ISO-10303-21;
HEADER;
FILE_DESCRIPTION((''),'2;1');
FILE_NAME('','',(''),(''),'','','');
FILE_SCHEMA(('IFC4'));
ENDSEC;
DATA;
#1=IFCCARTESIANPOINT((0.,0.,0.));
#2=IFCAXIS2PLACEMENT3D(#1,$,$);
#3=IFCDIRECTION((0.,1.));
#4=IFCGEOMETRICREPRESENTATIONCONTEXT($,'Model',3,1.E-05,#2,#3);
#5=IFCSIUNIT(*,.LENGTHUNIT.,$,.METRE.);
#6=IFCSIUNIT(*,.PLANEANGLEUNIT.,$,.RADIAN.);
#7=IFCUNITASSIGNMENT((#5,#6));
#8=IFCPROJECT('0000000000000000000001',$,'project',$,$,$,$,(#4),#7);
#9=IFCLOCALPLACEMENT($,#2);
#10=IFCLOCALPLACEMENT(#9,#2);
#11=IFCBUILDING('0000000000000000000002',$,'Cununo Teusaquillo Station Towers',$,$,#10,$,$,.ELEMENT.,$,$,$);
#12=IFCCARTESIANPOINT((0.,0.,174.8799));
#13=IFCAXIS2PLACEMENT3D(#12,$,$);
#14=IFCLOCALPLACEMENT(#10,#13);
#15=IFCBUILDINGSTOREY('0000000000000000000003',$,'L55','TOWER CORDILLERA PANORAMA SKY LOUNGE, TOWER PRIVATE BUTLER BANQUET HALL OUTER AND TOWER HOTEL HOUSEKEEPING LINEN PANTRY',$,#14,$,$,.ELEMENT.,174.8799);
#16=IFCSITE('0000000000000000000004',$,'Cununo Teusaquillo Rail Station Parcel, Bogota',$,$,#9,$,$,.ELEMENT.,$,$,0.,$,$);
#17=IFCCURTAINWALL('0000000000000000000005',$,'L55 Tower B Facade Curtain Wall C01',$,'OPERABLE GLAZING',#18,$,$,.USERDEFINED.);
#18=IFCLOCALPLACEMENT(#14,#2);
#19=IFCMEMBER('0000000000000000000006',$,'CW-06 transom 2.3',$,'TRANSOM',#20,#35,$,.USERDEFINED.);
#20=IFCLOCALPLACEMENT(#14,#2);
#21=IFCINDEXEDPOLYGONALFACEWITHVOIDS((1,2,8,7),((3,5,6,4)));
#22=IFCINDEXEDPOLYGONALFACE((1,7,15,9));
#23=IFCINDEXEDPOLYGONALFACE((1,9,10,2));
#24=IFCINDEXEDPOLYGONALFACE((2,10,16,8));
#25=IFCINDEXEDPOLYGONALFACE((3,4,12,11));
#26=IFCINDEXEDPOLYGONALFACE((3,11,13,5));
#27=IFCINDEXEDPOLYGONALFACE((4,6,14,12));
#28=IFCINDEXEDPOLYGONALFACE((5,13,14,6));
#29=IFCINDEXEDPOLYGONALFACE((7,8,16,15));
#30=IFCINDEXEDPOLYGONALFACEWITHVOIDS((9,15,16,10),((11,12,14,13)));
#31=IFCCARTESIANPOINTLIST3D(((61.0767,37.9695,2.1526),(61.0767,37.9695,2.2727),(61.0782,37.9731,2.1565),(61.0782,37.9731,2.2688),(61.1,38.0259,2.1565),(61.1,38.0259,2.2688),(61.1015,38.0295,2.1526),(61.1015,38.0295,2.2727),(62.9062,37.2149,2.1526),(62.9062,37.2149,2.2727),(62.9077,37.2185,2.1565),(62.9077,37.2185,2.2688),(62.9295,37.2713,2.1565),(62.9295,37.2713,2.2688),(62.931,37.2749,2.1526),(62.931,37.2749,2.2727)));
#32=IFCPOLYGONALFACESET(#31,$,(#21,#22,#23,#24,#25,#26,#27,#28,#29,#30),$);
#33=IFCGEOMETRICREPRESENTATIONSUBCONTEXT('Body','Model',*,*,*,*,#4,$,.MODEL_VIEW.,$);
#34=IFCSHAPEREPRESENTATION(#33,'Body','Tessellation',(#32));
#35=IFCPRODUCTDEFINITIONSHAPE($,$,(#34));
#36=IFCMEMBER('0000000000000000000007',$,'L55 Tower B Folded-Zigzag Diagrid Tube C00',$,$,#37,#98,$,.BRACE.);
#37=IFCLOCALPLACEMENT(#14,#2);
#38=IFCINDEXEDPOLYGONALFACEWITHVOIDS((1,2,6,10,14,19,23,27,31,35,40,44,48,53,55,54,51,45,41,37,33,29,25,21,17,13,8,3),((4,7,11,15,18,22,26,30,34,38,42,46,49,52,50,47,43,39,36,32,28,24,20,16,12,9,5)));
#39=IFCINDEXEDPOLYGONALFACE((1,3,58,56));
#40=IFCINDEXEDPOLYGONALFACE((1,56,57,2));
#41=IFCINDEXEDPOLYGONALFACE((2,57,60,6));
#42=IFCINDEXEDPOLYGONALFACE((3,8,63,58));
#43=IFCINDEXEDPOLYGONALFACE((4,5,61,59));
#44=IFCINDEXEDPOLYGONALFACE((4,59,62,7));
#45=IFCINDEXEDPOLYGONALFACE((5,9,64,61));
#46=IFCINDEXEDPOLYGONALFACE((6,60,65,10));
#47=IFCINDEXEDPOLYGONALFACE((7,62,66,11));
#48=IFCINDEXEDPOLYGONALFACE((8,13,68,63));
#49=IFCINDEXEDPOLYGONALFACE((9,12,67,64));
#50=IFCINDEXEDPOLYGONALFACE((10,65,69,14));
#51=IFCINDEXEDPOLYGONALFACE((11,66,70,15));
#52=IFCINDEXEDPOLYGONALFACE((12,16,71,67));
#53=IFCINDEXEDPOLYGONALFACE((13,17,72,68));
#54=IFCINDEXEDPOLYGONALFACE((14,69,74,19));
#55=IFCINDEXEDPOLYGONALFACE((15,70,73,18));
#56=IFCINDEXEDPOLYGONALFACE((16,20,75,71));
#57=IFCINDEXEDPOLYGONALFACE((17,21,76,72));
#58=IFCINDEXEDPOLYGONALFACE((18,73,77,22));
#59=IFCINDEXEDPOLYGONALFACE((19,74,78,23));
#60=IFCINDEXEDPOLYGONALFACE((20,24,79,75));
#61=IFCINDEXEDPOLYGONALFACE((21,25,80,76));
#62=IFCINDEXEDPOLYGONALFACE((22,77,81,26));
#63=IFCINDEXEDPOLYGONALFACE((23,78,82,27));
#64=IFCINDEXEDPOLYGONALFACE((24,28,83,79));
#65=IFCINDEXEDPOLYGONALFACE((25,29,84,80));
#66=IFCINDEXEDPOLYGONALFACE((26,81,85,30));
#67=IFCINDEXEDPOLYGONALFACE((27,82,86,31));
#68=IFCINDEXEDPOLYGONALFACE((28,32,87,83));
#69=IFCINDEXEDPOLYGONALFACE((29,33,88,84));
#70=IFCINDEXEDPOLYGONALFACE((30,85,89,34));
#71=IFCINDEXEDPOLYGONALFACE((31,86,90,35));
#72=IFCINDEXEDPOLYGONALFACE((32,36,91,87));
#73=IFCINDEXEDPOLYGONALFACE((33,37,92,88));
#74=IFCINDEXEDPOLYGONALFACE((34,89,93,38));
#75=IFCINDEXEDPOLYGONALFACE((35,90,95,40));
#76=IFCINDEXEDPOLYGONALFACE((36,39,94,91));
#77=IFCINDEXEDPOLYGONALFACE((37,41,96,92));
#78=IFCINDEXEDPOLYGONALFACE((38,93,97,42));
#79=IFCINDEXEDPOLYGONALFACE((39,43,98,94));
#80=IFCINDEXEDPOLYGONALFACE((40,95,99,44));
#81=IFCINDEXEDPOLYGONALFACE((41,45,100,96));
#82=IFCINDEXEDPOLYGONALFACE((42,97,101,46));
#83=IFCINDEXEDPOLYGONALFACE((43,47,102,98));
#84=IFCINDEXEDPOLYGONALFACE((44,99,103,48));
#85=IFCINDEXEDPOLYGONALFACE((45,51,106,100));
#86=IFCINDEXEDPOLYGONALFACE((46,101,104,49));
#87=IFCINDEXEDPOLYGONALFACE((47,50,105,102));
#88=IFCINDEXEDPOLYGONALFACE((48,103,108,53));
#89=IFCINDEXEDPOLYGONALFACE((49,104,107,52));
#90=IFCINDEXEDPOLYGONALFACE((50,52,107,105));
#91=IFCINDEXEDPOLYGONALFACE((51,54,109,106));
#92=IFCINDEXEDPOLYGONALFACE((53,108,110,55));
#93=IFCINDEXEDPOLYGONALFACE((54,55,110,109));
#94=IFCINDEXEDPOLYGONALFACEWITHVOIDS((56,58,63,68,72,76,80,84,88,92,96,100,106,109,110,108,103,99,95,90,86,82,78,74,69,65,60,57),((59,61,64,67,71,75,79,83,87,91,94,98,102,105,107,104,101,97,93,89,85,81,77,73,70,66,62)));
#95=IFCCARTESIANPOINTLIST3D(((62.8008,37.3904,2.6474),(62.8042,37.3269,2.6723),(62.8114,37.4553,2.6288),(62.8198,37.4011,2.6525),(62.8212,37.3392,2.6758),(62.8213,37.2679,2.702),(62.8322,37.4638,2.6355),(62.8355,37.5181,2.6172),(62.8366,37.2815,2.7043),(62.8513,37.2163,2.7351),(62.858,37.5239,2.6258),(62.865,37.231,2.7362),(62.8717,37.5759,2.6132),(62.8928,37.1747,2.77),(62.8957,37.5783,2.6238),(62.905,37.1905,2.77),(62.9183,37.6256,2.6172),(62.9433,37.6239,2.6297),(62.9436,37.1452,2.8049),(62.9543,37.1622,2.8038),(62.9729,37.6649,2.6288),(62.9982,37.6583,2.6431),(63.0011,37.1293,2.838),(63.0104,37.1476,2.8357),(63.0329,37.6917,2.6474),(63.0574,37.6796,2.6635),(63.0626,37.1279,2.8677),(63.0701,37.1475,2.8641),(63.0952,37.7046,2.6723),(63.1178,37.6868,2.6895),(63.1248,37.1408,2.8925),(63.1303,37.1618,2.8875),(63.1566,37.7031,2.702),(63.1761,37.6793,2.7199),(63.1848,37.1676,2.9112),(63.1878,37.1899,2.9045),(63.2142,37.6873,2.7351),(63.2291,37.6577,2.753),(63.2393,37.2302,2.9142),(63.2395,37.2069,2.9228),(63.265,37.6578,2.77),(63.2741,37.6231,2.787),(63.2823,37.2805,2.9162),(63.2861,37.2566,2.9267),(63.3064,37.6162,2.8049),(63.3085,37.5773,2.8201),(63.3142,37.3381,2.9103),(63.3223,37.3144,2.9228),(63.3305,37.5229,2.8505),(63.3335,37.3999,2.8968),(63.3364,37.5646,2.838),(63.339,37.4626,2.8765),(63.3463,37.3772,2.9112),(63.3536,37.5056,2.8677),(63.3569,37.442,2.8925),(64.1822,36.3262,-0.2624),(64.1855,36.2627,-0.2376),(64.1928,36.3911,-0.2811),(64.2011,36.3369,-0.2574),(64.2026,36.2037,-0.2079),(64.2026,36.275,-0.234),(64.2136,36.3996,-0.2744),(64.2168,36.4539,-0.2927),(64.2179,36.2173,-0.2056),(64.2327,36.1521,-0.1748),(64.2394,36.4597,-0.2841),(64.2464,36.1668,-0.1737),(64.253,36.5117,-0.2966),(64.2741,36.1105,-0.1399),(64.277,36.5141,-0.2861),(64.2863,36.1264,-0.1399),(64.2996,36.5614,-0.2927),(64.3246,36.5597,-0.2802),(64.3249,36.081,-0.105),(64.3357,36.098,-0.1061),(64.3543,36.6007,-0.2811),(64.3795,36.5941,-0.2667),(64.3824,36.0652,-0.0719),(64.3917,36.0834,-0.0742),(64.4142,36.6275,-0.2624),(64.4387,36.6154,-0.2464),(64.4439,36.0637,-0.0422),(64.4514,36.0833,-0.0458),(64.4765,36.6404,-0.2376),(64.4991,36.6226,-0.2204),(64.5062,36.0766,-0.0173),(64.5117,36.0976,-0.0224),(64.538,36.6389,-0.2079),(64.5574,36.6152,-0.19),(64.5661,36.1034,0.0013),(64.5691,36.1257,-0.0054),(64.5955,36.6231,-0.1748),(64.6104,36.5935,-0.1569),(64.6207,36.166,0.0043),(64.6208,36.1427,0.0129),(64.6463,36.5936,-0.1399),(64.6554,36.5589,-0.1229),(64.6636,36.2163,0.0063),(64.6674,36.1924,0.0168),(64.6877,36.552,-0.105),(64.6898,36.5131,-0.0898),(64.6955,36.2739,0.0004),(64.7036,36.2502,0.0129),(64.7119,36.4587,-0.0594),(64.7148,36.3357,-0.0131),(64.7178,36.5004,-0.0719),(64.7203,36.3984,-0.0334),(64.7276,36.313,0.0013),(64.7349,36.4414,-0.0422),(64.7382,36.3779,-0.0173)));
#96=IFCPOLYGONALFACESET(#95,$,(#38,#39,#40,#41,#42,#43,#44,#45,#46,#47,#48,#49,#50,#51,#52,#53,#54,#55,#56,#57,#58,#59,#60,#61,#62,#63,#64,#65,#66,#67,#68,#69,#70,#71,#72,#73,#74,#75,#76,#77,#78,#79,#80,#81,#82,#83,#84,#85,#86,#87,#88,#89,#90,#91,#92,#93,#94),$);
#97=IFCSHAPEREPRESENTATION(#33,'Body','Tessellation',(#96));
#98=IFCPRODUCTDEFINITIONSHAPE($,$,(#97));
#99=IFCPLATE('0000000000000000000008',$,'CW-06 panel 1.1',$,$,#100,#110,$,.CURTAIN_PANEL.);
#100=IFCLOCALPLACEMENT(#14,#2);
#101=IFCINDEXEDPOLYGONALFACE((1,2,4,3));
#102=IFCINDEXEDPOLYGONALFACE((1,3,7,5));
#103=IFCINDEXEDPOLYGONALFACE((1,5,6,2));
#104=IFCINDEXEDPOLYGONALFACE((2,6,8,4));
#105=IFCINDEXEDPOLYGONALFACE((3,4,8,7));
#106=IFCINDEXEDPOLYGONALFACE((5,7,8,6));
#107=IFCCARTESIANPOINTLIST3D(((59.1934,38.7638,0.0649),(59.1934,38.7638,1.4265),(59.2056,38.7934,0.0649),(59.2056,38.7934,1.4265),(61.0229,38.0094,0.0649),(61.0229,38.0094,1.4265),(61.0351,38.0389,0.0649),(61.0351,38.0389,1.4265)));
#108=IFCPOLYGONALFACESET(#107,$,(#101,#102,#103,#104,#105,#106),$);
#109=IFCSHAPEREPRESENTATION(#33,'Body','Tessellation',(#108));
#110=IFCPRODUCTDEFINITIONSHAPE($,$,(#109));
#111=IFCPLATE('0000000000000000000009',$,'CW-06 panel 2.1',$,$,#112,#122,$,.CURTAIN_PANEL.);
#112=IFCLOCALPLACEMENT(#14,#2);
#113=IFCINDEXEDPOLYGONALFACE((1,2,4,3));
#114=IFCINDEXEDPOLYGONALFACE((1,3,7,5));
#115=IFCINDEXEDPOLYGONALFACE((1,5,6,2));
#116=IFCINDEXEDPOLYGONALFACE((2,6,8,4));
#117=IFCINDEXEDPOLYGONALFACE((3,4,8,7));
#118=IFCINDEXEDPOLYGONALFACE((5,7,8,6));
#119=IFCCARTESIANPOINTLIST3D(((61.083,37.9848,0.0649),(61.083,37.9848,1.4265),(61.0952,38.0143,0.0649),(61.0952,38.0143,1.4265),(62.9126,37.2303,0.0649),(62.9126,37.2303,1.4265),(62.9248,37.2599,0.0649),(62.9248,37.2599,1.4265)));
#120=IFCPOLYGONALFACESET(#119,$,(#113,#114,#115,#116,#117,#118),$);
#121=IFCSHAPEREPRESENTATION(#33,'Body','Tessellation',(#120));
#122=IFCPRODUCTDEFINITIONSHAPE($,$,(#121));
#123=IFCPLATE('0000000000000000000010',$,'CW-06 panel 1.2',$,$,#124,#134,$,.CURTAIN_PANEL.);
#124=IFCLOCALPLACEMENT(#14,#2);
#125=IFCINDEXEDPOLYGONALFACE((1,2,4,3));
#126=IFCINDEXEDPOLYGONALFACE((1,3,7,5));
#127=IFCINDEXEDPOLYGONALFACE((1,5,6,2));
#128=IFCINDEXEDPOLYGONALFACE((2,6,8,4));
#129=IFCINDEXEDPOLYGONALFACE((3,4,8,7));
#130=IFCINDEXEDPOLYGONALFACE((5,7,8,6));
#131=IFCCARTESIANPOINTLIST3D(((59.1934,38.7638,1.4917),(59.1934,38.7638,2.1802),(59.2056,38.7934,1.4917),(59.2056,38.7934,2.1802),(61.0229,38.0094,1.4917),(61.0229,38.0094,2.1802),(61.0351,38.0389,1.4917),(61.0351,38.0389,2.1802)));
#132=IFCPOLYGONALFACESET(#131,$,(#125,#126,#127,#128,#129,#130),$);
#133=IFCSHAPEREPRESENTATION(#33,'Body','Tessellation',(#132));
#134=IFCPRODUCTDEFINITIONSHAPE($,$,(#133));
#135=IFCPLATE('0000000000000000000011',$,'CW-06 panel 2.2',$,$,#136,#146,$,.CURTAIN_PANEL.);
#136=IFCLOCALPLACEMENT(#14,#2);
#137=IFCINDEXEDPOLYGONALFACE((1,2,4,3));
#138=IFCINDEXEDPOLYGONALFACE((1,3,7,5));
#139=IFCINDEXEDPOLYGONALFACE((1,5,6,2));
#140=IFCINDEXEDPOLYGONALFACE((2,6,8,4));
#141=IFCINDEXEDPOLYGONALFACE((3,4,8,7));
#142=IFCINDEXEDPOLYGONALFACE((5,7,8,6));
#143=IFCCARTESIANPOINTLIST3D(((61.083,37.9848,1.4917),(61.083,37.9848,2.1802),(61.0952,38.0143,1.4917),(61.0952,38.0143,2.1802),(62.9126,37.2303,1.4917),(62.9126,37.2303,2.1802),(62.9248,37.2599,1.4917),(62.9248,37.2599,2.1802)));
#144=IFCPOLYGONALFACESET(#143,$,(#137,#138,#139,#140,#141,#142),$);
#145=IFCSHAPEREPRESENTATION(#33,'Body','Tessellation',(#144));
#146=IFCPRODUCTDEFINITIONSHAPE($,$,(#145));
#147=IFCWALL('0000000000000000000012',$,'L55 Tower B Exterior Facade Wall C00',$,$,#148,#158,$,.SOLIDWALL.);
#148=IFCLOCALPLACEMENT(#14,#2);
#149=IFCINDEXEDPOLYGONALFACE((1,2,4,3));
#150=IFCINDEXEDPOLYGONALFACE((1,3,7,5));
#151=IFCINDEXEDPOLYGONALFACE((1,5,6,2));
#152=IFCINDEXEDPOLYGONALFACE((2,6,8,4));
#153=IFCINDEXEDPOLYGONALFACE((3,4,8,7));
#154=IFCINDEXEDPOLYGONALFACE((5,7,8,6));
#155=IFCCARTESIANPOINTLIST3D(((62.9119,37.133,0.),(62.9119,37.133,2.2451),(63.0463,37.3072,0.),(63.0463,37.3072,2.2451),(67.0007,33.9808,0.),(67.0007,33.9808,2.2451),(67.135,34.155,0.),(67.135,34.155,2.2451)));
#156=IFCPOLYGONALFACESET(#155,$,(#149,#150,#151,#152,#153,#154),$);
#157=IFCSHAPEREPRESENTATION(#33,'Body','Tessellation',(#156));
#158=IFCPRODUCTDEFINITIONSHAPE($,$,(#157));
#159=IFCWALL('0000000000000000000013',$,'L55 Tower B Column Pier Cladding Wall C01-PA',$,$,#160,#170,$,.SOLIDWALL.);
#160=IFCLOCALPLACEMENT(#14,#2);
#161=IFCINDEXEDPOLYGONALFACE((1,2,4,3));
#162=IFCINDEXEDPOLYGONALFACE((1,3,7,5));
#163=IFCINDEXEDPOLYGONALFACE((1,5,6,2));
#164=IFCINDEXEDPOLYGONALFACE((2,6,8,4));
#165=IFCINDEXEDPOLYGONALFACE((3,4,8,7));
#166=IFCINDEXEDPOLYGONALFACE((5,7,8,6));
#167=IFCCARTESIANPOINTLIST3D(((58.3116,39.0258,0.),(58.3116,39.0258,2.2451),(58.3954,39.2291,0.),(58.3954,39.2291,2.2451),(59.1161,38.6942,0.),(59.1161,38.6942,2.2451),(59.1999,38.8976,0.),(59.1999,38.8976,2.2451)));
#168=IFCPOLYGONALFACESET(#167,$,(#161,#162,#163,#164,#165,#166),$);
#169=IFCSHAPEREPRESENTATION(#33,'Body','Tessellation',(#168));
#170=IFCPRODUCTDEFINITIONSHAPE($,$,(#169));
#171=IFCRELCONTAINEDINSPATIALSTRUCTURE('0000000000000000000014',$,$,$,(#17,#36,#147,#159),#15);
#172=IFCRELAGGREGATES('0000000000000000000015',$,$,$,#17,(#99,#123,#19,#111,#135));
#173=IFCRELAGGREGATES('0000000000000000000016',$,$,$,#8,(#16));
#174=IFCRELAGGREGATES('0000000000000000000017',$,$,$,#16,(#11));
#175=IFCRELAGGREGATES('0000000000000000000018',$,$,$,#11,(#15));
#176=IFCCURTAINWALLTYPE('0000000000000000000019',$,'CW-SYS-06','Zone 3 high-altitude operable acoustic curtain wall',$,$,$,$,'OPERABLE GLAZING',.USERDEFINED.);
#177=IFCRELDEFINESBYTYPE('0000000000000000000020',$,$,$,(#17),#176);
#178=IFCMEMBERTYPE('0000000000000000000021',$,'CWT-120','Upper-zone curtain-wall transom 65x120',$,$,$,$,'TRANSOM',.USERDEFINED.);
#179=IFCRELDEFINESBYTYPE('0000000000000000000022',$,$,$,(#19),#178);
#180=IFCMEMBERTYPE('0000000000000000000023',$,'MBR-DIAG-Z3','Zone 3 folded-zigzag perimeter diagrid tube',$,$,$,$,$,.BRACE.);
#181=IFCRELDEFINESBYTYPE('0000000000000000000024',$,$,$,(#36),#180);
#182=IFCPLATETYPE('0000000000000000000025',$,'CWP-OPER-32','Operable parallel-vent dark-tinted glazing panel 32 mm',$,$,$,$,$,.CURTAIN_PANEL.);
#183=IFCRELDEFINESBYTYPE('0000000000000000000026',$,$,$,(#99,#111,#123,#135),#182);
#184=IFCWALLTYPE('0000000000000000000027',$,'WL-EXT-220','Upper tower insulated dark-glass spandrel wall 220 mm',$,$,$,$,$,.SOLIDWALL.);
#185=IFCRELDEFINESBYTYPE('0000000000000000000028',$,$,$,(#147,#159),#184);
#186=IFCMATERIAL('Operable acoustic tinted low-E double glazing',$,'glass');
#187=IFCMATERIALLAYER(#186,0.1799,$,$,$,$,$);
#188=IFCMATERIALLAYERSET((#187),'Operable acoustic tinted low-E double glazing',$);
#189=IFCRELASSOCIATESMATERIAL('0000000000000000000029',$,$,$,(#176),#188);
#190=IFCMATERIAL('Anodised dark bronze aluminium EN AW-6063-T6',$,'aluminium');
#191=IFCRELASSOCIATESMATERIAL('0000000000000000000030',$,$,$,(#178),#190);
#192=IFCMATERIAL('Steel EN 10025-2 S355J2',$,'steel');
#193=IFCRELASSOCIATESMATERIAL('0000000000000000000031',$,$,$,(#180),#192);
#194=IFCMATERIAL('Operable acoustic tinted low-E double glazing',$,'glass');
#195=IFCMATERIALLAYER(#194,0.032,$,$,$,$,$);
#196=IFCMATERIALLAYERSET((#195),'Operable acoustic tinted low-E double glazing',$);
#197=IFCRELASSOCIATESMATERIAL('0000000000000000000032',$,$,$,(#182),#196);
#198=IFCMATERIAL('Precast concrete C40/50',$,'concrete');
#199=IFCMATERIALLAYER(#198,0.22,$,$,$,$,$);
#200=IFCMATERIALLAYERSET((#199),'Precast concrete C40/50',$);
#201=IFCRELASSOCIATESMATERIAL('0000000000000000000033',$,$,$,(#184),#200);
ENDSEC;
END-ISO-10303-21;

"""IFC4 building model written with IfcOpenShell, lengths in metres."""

from ifc_helpers import new_model, si_unit, direction, frame, frame_2d, origin, origin_2d, place, context, subcontext, project, spatial, rectangle, hollow_rectangle, hollow_circle, extrude, source, transform, mapped, material, layer, layer_set, material_profile, profile_set, type_object, element, aggregate, save


model = new_model("IFC4")

# Units and contexts
model_context = context("Model", 3, precision=1e-05, world=origin(), true_north=direction((0.0, 1.0)))
body_context = subcontext(model_context, "Body", "Model", "MODEL_VIEW")
ifc_project = project(units=[si_unit("LENGTHUNIT", "METRE"), si_unit("PLANEANGLEUNIT", "RADIAN")], contexts=[model_context])

# Site, building, storey
site_placement = place(None, origin())
site = spatial("IfcSite", under=ifc_project, at=site_placement, Name="Cununo Teusaquillo Rail Station Parcel, Bogota", CompositionType="ELEMENT", RefElevation=0.0)
building_placement = place(site_placement, origin())
building = spatial("IfcBuilding", under=site, at=building_placement, Name="Cununo Teusaquillo Station Towers", CompositionType="ELEMENT")
storey_placement = place(building_placement, frame((0.0, 0.0, 174.8799)))
storey = spatial("IfcBuildingStorey", under=building, at=storey_placement, Name="L55", Description="TOWER CORDILLERA PANORAMA SKY LOUNGE, TOWER PRIVATE BUTLER BANQUET HALL OUTER AND TOWER HOTEL HOUSEKEEPING LINEN PANTRY", CompositionType="ELEMENT", Elevation=174.8799)

# Curtain wall, member
ifc_material_1 = material(Name="Operable acoustic tinted low-E double glazing", Category="glass")
ifc_layer_1 = layer(ifc_material_1, 0.1799)
ifc_layer_set_1 = layer_set([ifc_layer_1], Name="Operable acoustic tinted low-E double glazing")
curtain_wall_type = type_object("IfcCurtainWallType", Name="CW-SYS-06", Description="Zone 3 high-altitude operable acoustic curtain wall", ElementType="OPERABLE GLAZING", PredefinedType="USERDEFINED", material=ifc_layer_set_1)
curtain_wall_placement = place(storey_placement, origin())
curtain_wall = element("IfcCurtainWall", 1, at=curtain_wall_placement, inside=storey, type_object=curtain_wall_type, Name="L55 Tower B Facade Curtain Wall C01", ObjectType="OPERABLE GLAZING", PredefinedType="USERDEFINED")
ifc_material_2 = material(Name="Anodised dark bronze aluminium EN AW-6063-T6", Category="aluminium")
ifc_material_profile_1 = material_profile(ifc_material_2, hollow_rectangle(XDim=0.0649, YDim=0.1201, WallThickness=0.0039, at=origin_2d()), Name="CW-TRAN-65x120")
ifc_profile_set_1 = profile_set([ifc_material_profile_1], Name="Anodised dark bronze aluminium EN AW-6063-T6")
member_type_1 = type_object("IfcMemberType", Name="CWT-120", Description="Upper-zone curtain-wall transom 65x120", ElementType="TRANSOM", PredefinedType="USERDEFINED", material=ifc_profile_set_1)
member_1_placement = place(storey_placement, frame((61.0891, 37.9995, 2.2126), z_axis=(0.924451, -0.381302, 0.0), x_axis=(0.381302, 0.924451, 0.0)))
member_1 = element("IfcMember", 2, at=member_1_placement, type_object=member_type_1, Name="CW-06 transom 2.3", ObjectType="TRANSOM", PredefinedType="USERDEFINED", context=body_context, shape_type="SweptSolid", body=[
    extrude(hollow_rectangle(XDim=0.0649, YDim=0.1201, WallThickness=0.0039, at=origin_2d()), origin(), (0.0, 0.0, 1.0), 1.979),
])

# Member
ifc_material_3 = material(Name="Steel EN 10025-2 S355J2", Category="steel")
ifc_material_profile_2 = material_profile(ifc_material_3, hollow_circle(Radius=0.3049, WallThickness=0.02, at=origin_2d()), Name="CHS 610x20")
ifc_profile_set_2 = profile_set([ifc_material_profile_2], Name="Steel EN 10025-2 S355J2")
member_type_2 = type_object("IfcMemberType", Name="MBR-DIAG-Z3", Description="Zone 3 folded-zigzag perimeter diagrid tube", PredefinedType="BRACE", material=ifc_profile_set_2)
member_2_placement = place(storey_placement, frame((64.4602, 36.3521, -0.1399), z_axis=(-0.407191, 0.313706, 0.857779), x_axis=(-0.610299, -0.792171, 0.0)))
element("IfcMember", 3, at=member_2_placement, inside=storey, type_object=member_type_2, Name="L55 Tower B Folded-Zigzag Diagrid Tube C00", PredefinedType="BRACE", context=body_context, shape_type="SweptSolid", body=[
    extrude(hollow_circle(Radius=0.3049, WallThickness=0.02, at=origin_2d()), origin(), (0.0, 0.0, 1.0), 3.3923),
])

# Plates
ifc_material_4 = material(Name="Operable acoustic tinted low-E double glazing", Category="glass")
ifc_layer_2 = layer(ifc_material_4, 0.032)
ifc_layer_set_2 = layer_set([ifc_layer_2], Name="Operable acoustic tinted low-E double glazing")
plate_type = type_object("IfcPlateType", Name="CWP-OPER-32", Description="Operable parallel-vent dark-tinted glazing panel 32 mm", PredefinedType="CURTAIN_PANEL", material=ifc_layer_set_2)
shared_shape_1 = source(origin(), body_context, "Body", "SweptSolid", [
    extrude(rectangle(XDim=1.979, YDim=0.032, at=origin_2d()), origin(), (0.0, 0.0, 1.0), 1.3616),
])
plate_1_placement = place(storey_placement, frame((60.1143, 38.4014, 0.0649), z_axis=(0.0, 0.0, 1.0), x_axis=(0.924481, -0.381229, 0.0)))
plate_1 = element("IfcPlate", 4, at=plate_1_placement, type_object=plate_type, Name="CW-06 panel 1.1", PredefinedType="CURTAIN_PANEL", context=body_context, shape_type="MappedRepresentation", body=[
    mapped(shared_shape_1, transform((0.0, 0.0, 0.0), x_axis=(1.0, 0.0, 0.0), y_axis=(0.0, 1.0, 0.0), z_axis=(0.0, 0.0, 1.0), scale=1.0)),
])
plate_2_placement = place(storey_placement, frame((62.0039, 37.6223, 0.0649), z_axis=(0.0, 0.0, 1.0), x_axis=(0.924481, -0.381229, 0.0)))
plate_2 = element("IfcPlate", 5, at=plate_2_placement, type_object=plate_type, Name="CW-06 panel 2.1", PredefinedType="CURTAIN_PANEL", context=body_context, shape_type="MappedRepresentation", body=[
    mapped(shared_shape_1, transform((0.0, 0.0, 0.0), x_axis=(1.0, 0.0, 0.0), y_axis=(0.0, 1.0, 0.0), z_axis=(0.0, 0.0, 1.0), scale=1.0)),
])
shared_shape_2 = source(origin(), body_context, "Body", "SweptSolid", [
    extrude(rectangle(XDim=1.979, YDim=0.032, at=origin_2d()), origin(), (0.0, 0.0, 1.0), 0.6885),
])
plate_3_placement = place(storey_placement, frame((60.1143, 38.4014, 1.4917), z_axis=(0.0, 0.0, 1.0), x_axis=(0.924481, -0.381229, 0.0)))
plate_3 = element("IfcPlate", 6, at=plate_3_placement, type_object=plate_type, Name="CW-06 panel 1.2", PredefinedType="CURTAIN_PANEL", context=body_context, shape_type="MappedRepresentation", body=[
    mapped(shared_shape_2, transform((0.0, 0.0, 0.0), x_axis=(1.0, 0.0, 0.0), y_axis=(0.0, 1.0, 0.0), z_axis=(0.0, 0.0, 1.0), scale=1.0)),
])
plate_4_placement = place(storey_placement, frame((62.0039, 37.6223, 1.4917), z_axis=(0.0, 0.0, 1.0), x_axis=(0.924481, -0.381229, 0.0)))
plate_4 = element("IfcPlate", 7, at=plate_4_placement, type_object=plate_type, Name="CW-06 panel 2.2", PredefinedType="CURTAIN_PANEL", context=body_context, shape_type="MappedRepresentation", body=[
    mapped(shared_shape_2, transform((0.0, 0.0, 0.0), x_axis=(1.0, 0.0, 0.0), y_axis=(0.0, 1.0, 0.0), z_axis=(0.0, 0.0, 1.0), scale=1.0)),
])
aggregate(curtain_wall, [plate_1, plate_3, member_1, plate_2, plate_4])

# Walls
ifc_material_5 = material(Name="Precast concrete C40/50", Category="concrete")
ifc_layer_3 = layer(ifc_material_5, 0.22)
ifc_layer_set_3 = layer_set([ifc_layer_3], Name="Precast concrete C40/50")
wall_type = type_object("IfcWallType", Name="WL-EXT-220", Description="Upper tower insulated dark-glass spandrel wall 220 mm", PredefinedType="SOLIDWALL", material=ifc_layer_set_3)
wall_1_placement = place(storey_placement, frame((62.979, 37.2202, 0.0), z_axis=(0.0, 0.0, 1.0), x_axis=(0.791963, -0.61057, 0.0)))
element("IfcWall", 8, at=wall_1_placement, inside=storey, type_object=wall_type, Name="L55 Tower B Exterior Facade Wall C00", PredefinedType="SOLIDWALL", context=body_context, shape_type="SweptSolid", body=[
    extrude(rectangle(XDim=5.1628, YDim=0.22, at=frame_2d((2.5815, 0.0))), origin(), (0.0, 0.0, 1.0), 2.2451),
])
wall_2_placement = place(storey_placement, frame((58.3535, 39.1274, 0.0), z_axis=(0.0, 0.0, 1.0), x_axis=(0.924556, -0.381046, 0.0)))
element("IfcWall", 9, at=wall_2_placement, inside=storey, type_object=wall_type, Name="L55 Tower B Column Pier Cladding Wall C01-PA", PredefinedType="SOLIDWALL", context=body_context, shape_type="SweptSolid", body=[
    extrude(rectangle(XDim=0.8701, YDim=0.22, at=frame_2d((0.4351, 0.0))), origin(), (0.0, 0.0, 1.0), 2.2451),
])

save(model, "model.ifc")
